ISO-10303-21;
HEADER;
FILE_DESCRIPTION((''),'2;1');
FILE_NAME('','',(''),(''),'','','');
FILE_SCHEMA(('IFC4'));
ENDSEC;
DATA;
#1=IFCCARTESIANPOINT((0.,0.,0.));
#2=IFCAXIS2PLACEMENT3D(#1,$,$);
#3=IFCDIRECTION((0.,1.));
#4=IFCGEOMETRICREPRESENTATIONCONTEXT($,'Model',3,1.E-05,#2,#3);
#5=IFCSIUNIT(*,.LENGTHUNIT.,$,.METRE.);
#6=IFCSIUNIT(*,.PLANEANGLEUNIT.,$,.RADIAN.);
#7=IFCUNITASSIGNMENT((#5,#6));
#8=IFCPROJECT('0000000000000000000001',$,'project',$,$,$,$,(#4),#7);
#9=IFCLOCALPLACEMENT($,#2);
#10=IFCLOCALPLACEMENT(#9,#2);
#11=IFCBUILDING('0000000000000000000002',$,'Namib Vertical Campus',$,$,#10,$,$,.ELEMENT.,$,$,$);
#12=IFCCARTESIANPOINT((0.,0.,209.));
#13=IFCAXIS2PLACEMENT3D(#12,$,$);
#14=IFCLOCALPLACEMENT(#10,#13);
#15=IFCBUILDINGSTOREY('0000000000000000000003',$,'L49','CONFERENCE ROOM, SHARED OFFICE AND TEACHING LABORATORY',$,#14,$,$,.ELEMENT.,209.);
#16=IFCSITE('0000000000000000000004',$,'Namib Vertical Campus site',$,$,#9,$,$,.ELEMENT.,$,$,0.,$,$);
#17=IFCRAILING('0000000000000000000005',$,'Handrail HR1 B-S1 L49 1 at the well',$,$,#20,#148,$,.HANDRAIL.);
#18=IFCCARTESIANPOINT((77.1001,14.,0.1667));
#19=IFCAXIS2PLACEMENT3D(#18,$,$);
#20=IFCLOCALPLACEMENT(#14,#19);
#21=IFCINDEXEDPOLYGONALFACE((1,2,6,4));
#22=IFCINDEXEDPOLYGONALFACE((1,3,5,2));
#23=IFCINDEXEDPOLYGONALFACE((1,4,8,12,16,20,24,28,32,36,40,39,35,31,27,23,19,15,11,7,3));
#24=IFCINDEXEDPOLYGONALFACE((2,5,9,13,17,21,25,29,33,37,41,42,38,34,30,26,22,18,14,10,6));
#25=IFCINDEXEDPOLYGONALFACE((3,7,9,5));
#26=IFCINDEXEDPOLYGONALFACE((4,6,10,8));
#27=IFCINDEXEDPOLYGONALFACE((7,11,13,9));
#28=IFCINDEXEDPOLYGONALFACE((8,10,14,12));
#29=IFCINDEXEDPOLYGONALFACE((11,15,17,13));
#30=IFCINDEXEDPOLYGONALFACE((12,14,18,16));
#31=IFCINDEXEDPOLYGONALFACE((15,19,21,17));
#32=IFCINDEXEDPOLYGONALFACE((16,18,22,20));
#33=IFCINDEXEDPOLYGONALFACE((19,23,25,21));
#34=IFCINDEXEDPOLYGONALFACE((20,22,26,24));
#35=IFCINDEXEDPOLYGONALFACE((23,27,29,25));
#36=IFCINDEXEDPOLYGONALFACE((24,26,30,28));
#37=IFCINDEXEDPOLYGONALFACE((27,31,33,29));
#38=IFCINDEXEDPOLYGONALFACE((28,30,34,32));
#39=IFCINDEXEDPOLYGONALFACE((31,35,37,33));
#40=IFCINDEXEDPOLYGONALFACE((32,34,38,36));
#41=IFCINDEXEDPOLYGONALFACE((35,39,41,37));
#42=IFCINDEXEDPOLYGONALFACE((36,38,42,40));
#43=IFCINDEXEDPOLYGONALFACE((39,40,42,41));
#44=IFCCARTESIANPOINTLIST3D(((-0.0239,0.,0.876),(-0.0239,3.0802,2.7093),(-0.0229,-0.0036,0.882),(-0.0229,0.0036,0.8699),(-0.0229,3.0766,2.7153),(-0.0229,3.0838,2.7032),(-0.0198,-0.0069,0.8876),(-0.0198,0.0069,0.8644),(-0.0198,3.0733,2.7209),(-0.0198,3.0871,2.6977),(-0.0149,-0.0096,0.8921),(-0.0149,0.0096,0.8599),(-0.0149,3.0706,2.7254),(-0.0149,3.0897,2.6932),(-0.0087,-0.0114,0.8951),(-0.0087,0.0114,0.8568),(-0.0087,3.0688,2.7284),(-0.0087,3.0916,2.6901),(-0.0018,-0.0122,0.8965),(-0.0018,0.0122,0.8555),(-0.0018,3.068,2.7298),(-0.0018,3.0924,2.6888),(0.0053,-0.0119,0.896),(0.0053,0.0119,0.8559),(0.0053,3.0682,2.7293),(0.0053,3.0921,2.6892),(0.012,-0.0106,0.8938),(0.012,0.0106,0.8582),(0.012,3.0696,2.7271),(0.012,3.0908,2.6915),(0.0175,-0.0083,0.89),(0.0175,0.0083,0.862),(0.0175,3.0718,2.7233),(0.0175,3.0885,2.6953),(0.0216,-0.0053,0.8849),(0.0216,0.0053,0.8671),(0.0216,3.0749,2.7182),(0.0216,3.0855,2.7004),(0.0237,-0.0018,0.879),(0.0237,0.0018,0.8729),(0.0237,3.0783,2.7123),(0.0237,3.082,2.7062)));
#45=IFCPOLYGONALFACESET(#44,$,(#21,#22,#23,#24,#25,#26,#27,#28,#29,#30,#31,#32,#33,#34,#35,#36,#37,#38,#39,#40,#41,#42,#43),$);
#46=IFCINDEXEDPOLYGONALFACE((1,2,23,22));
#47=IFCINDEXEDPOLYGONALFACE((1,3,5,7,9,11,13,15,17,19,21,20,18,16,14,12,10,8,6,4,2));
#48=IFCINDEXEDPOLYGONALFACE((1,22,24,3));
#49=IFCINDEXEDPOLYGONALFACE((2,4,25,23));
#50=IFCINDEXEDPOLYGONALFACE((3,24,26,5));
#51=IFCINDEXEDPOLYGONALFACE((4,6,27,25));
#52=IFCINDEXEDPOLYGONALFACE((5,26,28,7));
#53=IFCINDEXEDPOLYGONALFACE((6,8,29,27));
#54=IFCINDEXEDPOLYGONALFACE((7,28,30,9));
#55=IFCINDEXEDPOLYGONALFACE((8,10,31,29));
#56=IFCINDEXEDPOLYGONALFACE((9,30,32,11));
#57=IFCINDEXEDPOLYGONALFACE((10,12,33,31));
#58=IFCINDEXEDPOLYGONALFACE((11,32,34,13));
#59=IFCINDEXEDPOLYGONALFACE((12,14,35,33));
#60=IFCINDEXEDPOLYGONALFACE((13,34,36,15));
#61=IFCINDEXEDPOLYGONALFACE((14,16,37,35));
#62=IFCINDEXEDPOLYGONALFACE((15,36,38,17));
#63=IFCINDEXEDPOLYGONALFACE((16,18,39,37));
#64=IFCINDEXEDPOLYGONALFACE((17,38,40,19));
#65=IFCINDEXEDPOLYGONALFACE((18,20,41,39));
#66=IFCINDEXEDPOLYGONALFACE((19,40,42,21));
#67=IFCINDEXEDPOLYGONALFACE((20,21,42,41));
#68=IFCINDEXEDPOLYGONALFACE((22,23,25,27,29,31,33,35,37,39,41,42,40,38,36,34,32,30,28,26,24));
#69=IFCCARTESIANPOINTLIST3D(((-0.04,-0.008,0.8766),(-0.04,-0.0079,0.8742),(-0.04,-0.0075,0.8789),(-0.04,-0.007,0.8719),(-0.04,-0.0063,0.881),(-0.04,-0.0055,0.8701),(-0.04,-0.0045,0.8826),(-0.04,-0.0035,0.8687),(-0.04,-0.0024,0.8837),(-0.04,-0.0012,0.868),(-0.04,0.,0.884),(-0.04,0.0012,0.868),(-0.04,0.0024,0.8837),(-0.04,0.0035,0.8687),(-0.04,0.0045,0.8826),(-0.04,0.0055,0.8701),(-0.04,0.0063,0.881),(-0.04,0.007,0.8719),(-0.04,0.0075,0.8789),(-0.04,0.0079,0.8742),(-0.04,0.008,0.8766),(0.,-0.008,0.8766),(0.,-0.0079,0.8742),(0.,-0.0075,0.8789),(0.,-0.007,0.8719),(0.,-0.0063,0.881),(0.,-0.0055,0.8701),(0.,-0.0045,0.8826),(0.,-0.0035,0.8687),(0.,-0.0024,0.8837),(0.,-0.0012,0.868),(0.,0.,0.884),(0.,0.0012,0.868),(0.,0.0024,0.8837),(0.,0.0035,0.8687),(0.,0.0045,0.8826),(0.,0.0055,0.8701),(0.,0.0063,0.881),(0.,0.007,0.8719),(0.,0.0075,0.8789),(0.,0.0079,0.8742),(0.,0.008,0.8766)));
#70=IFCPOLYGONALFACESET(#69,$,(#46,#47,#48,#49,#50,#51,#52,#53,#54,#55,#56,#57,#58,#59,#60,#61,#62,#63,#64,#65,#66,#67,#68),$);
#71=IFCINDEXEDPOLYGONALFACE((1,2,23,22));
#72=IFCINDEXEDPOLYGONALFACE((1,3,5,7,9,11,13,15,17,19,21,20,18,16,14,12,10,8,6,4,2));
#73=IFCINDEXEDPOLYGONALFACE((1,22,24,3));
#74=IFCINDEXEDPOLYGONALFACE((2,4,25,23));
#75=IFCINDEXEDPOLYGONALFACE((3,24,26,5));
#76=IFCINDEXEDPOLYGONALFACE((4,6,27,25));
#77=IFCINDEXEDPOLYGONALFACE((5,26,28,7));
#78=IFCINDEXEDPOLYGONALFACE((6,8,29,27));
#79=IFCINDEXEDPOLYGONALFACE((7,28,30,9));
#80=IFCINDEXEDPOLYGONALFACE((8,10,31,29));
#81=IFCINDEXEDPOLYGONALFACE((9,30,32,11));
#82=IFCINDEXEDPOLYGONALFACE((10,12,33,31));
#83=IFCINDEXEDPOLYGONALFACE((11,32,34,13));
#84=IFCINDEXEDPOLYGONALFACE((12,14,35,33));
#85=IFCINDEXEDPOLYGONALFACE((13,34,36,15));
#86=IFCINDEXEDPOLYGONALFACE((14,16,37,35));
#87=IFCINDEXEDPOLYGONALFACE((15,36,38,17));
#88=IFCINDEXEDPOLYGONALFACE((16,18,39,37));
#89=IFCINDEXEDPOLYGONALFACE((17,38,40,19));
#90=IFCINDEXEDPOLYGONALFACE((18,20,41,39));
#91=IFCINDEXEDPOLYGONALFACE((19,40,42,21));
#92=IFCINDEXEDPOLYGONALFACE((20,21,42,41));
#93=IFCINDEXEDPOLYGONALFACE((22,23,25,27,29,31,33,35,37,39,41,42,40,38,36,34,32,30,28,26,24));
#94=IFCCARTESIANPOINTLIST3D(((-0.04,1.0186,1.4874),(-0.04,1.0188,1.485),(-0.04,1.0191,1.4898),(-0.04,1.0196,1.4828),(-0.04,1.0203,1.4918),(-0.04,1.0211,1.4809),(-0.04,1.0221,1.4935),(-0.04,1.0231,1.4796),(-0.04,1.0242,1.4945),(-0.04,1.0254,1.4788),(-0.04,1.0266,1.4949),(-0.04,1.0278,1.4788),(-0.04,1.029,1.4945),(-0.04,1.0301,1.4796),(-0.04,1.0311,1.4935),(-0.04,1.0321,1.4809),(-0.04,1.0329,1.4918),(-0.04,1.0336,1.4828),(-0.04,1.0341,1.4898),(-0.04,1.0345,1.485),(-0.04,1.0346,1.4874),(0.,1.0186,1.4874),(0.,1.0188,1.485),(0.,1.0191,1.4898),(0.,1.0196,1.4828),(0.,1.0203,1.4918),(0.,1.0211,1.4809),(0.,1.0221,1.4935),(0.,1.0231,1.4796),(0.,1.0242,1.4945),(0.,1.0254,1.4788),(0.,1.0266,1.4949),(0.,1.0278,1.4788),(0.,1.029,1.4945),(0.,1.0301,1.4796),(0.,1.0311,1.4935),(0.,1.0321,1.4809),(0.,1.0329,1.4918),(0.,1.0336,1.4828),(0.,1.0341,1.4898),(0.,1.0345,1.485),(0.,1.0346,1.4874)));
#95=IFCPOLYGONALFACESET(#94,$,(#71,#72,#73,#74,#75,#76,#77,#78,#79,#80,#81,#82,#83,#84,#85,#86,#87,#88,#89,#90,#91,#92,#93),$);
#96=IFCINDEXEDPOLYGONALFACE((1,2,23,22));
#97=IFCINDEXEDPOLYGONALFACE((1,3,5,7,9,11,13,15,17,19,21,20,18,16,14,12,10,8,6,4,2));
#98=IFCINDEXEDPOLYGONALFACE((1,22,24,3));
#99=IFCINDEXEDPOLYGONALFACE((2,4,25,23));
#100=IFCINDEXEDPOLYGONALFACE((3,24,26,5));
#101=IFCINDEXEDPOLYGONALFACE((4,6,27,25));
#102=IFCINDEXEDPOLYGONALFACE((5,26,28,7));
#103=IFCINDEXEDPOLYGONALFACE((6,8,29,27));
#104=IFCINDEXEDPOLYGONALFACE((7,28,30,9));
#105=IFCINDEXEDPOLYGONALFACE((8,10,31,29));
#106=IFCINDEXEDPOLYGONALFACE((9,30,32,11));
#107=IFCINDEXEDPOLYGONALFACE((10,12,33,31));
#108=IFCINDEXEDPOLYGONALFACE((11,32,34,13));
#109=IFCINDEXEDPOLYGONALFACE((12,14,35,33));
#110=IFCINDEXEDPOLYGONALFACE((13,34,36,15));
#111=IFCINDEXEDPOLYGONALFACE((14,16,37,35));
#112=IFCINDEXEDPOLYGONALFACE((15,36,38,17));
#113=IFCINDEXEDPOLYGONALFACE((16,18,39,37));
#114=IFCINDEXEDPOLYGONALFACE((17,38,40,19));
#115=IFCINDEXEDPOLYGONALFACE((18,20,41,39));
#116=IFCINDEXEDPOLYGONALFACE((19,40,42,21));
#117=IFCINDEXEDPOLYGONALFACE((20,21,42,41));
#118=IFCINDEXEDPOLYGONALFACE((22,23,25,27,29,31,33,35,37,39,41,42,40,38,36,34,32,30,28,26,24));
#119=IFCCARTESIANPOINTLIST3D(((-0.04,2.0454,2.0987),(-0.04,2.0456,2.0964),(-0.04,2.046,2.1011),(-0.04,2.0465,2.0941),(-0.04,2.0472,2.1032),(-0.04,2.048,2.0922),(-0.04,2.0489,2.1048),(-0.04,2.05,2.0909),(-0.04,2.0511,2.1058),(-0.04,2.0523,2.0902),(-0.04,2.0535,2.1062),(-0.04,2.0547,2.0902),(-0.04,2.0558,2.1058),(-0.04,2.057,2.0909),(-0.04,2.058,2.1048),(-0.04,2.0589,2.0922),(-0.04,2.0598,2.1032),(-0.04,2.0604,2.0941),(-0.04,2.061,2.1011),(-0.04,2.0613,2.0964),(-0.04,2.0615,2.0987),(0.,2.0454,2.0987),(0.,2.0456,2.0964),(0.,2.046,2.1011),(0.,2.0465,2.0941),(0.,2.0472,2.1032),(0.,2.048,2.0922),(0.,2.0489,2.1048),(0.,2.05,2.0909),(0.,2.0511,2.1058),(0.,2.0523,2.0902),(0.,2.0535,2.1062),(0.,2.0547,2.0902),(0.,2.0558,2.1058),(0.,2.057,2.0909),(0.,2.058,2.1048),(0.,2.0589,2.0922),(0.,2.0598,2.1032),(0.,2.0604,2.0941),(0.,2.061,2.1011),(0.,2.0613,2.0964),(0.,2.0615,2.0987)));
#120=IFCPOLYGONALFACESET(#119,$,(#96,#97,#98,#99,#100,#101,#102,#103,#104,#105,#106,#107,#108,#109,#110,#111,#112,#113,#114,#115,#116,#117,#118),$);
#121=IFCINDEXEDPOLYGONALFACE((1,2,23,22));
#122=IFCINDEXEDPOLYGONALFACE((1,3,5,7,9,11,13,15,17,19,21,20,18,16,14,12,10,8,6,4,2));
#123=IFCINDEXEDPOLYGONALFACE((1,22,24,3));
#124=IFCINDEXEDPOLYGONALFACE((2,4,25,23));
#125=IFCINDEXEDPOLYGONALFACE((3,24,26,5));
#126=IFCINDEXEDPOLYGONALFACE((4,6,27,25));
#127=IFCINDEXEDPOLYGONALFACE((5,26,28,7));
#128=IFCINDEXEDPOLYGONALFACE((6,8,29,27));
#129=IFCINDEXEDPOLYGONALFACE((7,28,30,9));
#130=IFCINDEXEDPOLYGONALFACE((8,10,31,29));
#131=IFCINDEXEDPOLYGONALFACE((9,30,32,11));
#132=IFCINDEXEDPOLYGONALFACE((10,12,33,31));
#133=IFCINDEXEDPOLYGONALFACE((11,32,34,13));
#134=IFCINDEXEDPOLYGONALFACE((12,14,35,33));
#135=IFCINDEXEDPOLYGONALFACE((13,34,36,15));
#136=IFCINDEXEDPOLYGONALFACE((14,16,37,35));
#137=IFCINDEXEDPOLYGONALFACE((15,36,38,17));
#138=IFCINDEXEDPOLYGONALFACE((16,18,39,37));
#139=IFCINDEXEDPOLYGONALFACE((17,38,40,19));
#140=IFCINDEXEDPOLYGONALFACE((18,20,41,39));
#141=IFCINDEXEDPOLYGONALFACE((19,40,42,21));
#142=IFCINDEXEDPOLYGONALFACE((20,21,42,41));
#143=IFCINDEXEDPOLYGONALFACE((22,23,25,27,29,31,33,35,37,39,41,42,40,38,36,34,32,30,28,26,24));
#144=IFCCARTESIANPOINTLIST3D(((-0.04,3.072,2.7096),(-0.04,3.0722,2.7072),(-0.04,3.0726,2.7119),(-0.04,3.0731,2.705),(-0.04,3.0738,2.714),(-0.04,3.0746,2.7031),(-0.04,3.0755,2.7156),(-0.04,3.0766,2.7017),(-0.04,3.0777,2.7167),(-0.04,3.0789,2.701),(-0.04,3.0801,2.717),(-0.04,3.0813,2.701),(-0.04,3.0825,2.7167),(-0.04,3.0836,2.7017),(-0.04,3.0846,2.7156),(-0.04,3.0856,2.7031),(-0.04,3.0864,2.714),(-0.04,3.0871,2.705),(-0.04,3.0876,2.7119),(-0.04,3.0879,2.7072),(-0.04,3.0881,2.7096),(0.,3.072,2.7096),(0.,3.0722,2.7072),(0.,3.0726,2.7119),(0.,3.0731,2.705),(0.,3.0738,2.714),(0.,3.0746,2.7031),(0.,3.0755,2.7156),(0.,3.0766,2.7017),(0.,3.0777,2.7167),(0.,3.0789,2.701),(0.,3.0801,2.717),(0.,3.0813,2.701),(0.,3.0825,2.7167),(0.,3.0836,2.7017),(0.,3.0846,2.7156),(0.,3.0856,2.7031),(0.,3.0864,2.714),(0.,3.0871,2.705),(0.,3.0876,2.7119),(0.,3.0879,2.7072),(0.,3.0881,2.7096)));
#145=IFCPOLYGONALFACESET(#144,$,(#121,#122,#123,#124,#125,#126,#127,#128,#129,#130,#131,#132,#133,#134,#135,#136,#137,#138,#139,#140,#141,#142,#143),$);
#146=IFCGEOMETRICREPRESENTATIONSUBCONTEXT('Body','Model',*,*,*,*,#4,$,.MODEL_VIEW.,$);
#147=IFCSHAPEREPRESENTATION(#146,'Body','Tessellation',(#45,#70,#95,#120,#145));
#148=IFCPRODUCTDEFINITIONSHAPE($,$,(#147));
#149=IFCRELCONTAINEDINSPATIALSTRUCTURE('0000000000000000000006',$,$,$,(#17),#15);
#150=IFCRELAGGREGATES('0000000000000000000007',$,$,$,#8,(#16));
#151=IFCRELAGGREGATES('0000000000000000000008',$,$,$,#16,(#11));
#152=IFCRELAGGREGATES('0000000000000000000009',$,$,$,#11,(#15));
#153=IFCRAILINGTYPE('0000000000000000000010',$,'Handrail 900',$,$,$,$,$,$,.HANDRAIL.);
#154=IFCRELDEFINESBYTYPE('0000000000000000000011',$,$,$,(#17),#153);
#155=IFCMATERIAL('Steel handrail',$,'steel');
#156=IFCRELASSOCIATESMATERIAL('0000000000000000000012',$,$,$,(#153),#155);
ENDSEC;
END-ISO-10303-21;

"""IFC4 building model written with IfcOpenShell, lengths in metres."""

from ifc_helpers import new_model, si_unit, direction, frame, origin, origin_2d, place, context, subcontext, project, spatial, circle, extrude, material, type_object, element, save


model = new_model("IFC4")

# Units and contexts
model_context = context("Model", 3, precision=1e-05, world=origin(), true_north=direction((0.0, 1.0)))
body_context = subcontext(model_context, "Body", "Model", "MODEL_VIEW")
ifc_project = project(units=[si_unit("LENGTHUNIT", "METRE"), si_unit("PLANEANGLEUNIT", "RADIAN")], contexts=[model_context])

# Site, building, storey
site_placement = place(None, origin())
site = spatial("IfcSite", under=ifc_project, at=site_placement, Name="Namib Vertical Campus site", CompositionType="ELEMENT", RefElevation=0.0)
building_placement = place(site_placement, origin())
building = spatial("IfcBuilding", under=site, at=building_placement, Name="Namib Vertical Campus", CompositionType="ELEMENT")
storey_placement = place(building_placement, frame((0.0, 0.0, 209.0)))
storey = spatial("IfcBuildingStorey", under=building, at=storey_placement, Name="L49", Description="CONFERENCE ROOM, SHARED OFFICE AND TEACHING LABORATORY", CompositionType="ELEMENT", Elevation=209.0)

# Railing
ifc_material_1 = material(Name="Steel handrail", Category="steel")
railing_type_1 = type_object("IfcRailingType", Name="Handrail 900", PredefinedType="HANDRAIL", material=ifc_material_1)
railing_1_placement = place(storey_placement, frame((77.1001, 14.0, 0.1667)))
element("IfcRailing", 1, at=railing_1_placement, inside=storey, type_object=railing_type_1, Name="Handrail HR1 B-S1 L49 1 at the well", PredefinedType="HANDRAIL", context=body_context, shape_type="SweptSolid", body=[
    extrude(circle(Radius=0.0239, at=origin_2d()), frame((0.0, 0.0, 0.876), z_axis=(0.0, 0.859309, 0.511458), x_axis=(-1.0, 0.0, 0.0)), (0.0, 0.0, 1.0), 3.5845),
    extrude(circle(Radius=0.0081, at=origin_2d()), frame((0.0, 0.0, 0.876), z_axis=(-1.0, 0.0, 0.0), x_axis=(0.0, 0.0, 1.0)), (0.0, 0.0, 1.0), 0.04),
    extrude(circle(Radius=0.0081, at=origin_2d()), frame((0.0, 1.0266, 1.4868), z_axis=(-1.0, 0.0, 0.0), x_axis=(0.0, 0.0, 1.0)), (0.0, 0.0, 1.0), 0.04),
    extrude(circle(Radius=0.0081, at=origin_2d()), frame((0.0, 2.0535, 2.0981), z_axis=(-1.0, 0.0, 0.0), x_axis=(0.0, 0.0, 1.0)), (0.0, 0.0, 1.0), 0.04),
    extrude(circle(Radius=0.0081, at=origin_2d()), frame((0.0, 3.0801, 2.709), z_axis=(-1.0, 0.0, 0.0), x_axis=(0.0, 0.0, 1.0)), (0.0, 0.0, 1.0), 0.04),
])

save(model, "model.ifc")
